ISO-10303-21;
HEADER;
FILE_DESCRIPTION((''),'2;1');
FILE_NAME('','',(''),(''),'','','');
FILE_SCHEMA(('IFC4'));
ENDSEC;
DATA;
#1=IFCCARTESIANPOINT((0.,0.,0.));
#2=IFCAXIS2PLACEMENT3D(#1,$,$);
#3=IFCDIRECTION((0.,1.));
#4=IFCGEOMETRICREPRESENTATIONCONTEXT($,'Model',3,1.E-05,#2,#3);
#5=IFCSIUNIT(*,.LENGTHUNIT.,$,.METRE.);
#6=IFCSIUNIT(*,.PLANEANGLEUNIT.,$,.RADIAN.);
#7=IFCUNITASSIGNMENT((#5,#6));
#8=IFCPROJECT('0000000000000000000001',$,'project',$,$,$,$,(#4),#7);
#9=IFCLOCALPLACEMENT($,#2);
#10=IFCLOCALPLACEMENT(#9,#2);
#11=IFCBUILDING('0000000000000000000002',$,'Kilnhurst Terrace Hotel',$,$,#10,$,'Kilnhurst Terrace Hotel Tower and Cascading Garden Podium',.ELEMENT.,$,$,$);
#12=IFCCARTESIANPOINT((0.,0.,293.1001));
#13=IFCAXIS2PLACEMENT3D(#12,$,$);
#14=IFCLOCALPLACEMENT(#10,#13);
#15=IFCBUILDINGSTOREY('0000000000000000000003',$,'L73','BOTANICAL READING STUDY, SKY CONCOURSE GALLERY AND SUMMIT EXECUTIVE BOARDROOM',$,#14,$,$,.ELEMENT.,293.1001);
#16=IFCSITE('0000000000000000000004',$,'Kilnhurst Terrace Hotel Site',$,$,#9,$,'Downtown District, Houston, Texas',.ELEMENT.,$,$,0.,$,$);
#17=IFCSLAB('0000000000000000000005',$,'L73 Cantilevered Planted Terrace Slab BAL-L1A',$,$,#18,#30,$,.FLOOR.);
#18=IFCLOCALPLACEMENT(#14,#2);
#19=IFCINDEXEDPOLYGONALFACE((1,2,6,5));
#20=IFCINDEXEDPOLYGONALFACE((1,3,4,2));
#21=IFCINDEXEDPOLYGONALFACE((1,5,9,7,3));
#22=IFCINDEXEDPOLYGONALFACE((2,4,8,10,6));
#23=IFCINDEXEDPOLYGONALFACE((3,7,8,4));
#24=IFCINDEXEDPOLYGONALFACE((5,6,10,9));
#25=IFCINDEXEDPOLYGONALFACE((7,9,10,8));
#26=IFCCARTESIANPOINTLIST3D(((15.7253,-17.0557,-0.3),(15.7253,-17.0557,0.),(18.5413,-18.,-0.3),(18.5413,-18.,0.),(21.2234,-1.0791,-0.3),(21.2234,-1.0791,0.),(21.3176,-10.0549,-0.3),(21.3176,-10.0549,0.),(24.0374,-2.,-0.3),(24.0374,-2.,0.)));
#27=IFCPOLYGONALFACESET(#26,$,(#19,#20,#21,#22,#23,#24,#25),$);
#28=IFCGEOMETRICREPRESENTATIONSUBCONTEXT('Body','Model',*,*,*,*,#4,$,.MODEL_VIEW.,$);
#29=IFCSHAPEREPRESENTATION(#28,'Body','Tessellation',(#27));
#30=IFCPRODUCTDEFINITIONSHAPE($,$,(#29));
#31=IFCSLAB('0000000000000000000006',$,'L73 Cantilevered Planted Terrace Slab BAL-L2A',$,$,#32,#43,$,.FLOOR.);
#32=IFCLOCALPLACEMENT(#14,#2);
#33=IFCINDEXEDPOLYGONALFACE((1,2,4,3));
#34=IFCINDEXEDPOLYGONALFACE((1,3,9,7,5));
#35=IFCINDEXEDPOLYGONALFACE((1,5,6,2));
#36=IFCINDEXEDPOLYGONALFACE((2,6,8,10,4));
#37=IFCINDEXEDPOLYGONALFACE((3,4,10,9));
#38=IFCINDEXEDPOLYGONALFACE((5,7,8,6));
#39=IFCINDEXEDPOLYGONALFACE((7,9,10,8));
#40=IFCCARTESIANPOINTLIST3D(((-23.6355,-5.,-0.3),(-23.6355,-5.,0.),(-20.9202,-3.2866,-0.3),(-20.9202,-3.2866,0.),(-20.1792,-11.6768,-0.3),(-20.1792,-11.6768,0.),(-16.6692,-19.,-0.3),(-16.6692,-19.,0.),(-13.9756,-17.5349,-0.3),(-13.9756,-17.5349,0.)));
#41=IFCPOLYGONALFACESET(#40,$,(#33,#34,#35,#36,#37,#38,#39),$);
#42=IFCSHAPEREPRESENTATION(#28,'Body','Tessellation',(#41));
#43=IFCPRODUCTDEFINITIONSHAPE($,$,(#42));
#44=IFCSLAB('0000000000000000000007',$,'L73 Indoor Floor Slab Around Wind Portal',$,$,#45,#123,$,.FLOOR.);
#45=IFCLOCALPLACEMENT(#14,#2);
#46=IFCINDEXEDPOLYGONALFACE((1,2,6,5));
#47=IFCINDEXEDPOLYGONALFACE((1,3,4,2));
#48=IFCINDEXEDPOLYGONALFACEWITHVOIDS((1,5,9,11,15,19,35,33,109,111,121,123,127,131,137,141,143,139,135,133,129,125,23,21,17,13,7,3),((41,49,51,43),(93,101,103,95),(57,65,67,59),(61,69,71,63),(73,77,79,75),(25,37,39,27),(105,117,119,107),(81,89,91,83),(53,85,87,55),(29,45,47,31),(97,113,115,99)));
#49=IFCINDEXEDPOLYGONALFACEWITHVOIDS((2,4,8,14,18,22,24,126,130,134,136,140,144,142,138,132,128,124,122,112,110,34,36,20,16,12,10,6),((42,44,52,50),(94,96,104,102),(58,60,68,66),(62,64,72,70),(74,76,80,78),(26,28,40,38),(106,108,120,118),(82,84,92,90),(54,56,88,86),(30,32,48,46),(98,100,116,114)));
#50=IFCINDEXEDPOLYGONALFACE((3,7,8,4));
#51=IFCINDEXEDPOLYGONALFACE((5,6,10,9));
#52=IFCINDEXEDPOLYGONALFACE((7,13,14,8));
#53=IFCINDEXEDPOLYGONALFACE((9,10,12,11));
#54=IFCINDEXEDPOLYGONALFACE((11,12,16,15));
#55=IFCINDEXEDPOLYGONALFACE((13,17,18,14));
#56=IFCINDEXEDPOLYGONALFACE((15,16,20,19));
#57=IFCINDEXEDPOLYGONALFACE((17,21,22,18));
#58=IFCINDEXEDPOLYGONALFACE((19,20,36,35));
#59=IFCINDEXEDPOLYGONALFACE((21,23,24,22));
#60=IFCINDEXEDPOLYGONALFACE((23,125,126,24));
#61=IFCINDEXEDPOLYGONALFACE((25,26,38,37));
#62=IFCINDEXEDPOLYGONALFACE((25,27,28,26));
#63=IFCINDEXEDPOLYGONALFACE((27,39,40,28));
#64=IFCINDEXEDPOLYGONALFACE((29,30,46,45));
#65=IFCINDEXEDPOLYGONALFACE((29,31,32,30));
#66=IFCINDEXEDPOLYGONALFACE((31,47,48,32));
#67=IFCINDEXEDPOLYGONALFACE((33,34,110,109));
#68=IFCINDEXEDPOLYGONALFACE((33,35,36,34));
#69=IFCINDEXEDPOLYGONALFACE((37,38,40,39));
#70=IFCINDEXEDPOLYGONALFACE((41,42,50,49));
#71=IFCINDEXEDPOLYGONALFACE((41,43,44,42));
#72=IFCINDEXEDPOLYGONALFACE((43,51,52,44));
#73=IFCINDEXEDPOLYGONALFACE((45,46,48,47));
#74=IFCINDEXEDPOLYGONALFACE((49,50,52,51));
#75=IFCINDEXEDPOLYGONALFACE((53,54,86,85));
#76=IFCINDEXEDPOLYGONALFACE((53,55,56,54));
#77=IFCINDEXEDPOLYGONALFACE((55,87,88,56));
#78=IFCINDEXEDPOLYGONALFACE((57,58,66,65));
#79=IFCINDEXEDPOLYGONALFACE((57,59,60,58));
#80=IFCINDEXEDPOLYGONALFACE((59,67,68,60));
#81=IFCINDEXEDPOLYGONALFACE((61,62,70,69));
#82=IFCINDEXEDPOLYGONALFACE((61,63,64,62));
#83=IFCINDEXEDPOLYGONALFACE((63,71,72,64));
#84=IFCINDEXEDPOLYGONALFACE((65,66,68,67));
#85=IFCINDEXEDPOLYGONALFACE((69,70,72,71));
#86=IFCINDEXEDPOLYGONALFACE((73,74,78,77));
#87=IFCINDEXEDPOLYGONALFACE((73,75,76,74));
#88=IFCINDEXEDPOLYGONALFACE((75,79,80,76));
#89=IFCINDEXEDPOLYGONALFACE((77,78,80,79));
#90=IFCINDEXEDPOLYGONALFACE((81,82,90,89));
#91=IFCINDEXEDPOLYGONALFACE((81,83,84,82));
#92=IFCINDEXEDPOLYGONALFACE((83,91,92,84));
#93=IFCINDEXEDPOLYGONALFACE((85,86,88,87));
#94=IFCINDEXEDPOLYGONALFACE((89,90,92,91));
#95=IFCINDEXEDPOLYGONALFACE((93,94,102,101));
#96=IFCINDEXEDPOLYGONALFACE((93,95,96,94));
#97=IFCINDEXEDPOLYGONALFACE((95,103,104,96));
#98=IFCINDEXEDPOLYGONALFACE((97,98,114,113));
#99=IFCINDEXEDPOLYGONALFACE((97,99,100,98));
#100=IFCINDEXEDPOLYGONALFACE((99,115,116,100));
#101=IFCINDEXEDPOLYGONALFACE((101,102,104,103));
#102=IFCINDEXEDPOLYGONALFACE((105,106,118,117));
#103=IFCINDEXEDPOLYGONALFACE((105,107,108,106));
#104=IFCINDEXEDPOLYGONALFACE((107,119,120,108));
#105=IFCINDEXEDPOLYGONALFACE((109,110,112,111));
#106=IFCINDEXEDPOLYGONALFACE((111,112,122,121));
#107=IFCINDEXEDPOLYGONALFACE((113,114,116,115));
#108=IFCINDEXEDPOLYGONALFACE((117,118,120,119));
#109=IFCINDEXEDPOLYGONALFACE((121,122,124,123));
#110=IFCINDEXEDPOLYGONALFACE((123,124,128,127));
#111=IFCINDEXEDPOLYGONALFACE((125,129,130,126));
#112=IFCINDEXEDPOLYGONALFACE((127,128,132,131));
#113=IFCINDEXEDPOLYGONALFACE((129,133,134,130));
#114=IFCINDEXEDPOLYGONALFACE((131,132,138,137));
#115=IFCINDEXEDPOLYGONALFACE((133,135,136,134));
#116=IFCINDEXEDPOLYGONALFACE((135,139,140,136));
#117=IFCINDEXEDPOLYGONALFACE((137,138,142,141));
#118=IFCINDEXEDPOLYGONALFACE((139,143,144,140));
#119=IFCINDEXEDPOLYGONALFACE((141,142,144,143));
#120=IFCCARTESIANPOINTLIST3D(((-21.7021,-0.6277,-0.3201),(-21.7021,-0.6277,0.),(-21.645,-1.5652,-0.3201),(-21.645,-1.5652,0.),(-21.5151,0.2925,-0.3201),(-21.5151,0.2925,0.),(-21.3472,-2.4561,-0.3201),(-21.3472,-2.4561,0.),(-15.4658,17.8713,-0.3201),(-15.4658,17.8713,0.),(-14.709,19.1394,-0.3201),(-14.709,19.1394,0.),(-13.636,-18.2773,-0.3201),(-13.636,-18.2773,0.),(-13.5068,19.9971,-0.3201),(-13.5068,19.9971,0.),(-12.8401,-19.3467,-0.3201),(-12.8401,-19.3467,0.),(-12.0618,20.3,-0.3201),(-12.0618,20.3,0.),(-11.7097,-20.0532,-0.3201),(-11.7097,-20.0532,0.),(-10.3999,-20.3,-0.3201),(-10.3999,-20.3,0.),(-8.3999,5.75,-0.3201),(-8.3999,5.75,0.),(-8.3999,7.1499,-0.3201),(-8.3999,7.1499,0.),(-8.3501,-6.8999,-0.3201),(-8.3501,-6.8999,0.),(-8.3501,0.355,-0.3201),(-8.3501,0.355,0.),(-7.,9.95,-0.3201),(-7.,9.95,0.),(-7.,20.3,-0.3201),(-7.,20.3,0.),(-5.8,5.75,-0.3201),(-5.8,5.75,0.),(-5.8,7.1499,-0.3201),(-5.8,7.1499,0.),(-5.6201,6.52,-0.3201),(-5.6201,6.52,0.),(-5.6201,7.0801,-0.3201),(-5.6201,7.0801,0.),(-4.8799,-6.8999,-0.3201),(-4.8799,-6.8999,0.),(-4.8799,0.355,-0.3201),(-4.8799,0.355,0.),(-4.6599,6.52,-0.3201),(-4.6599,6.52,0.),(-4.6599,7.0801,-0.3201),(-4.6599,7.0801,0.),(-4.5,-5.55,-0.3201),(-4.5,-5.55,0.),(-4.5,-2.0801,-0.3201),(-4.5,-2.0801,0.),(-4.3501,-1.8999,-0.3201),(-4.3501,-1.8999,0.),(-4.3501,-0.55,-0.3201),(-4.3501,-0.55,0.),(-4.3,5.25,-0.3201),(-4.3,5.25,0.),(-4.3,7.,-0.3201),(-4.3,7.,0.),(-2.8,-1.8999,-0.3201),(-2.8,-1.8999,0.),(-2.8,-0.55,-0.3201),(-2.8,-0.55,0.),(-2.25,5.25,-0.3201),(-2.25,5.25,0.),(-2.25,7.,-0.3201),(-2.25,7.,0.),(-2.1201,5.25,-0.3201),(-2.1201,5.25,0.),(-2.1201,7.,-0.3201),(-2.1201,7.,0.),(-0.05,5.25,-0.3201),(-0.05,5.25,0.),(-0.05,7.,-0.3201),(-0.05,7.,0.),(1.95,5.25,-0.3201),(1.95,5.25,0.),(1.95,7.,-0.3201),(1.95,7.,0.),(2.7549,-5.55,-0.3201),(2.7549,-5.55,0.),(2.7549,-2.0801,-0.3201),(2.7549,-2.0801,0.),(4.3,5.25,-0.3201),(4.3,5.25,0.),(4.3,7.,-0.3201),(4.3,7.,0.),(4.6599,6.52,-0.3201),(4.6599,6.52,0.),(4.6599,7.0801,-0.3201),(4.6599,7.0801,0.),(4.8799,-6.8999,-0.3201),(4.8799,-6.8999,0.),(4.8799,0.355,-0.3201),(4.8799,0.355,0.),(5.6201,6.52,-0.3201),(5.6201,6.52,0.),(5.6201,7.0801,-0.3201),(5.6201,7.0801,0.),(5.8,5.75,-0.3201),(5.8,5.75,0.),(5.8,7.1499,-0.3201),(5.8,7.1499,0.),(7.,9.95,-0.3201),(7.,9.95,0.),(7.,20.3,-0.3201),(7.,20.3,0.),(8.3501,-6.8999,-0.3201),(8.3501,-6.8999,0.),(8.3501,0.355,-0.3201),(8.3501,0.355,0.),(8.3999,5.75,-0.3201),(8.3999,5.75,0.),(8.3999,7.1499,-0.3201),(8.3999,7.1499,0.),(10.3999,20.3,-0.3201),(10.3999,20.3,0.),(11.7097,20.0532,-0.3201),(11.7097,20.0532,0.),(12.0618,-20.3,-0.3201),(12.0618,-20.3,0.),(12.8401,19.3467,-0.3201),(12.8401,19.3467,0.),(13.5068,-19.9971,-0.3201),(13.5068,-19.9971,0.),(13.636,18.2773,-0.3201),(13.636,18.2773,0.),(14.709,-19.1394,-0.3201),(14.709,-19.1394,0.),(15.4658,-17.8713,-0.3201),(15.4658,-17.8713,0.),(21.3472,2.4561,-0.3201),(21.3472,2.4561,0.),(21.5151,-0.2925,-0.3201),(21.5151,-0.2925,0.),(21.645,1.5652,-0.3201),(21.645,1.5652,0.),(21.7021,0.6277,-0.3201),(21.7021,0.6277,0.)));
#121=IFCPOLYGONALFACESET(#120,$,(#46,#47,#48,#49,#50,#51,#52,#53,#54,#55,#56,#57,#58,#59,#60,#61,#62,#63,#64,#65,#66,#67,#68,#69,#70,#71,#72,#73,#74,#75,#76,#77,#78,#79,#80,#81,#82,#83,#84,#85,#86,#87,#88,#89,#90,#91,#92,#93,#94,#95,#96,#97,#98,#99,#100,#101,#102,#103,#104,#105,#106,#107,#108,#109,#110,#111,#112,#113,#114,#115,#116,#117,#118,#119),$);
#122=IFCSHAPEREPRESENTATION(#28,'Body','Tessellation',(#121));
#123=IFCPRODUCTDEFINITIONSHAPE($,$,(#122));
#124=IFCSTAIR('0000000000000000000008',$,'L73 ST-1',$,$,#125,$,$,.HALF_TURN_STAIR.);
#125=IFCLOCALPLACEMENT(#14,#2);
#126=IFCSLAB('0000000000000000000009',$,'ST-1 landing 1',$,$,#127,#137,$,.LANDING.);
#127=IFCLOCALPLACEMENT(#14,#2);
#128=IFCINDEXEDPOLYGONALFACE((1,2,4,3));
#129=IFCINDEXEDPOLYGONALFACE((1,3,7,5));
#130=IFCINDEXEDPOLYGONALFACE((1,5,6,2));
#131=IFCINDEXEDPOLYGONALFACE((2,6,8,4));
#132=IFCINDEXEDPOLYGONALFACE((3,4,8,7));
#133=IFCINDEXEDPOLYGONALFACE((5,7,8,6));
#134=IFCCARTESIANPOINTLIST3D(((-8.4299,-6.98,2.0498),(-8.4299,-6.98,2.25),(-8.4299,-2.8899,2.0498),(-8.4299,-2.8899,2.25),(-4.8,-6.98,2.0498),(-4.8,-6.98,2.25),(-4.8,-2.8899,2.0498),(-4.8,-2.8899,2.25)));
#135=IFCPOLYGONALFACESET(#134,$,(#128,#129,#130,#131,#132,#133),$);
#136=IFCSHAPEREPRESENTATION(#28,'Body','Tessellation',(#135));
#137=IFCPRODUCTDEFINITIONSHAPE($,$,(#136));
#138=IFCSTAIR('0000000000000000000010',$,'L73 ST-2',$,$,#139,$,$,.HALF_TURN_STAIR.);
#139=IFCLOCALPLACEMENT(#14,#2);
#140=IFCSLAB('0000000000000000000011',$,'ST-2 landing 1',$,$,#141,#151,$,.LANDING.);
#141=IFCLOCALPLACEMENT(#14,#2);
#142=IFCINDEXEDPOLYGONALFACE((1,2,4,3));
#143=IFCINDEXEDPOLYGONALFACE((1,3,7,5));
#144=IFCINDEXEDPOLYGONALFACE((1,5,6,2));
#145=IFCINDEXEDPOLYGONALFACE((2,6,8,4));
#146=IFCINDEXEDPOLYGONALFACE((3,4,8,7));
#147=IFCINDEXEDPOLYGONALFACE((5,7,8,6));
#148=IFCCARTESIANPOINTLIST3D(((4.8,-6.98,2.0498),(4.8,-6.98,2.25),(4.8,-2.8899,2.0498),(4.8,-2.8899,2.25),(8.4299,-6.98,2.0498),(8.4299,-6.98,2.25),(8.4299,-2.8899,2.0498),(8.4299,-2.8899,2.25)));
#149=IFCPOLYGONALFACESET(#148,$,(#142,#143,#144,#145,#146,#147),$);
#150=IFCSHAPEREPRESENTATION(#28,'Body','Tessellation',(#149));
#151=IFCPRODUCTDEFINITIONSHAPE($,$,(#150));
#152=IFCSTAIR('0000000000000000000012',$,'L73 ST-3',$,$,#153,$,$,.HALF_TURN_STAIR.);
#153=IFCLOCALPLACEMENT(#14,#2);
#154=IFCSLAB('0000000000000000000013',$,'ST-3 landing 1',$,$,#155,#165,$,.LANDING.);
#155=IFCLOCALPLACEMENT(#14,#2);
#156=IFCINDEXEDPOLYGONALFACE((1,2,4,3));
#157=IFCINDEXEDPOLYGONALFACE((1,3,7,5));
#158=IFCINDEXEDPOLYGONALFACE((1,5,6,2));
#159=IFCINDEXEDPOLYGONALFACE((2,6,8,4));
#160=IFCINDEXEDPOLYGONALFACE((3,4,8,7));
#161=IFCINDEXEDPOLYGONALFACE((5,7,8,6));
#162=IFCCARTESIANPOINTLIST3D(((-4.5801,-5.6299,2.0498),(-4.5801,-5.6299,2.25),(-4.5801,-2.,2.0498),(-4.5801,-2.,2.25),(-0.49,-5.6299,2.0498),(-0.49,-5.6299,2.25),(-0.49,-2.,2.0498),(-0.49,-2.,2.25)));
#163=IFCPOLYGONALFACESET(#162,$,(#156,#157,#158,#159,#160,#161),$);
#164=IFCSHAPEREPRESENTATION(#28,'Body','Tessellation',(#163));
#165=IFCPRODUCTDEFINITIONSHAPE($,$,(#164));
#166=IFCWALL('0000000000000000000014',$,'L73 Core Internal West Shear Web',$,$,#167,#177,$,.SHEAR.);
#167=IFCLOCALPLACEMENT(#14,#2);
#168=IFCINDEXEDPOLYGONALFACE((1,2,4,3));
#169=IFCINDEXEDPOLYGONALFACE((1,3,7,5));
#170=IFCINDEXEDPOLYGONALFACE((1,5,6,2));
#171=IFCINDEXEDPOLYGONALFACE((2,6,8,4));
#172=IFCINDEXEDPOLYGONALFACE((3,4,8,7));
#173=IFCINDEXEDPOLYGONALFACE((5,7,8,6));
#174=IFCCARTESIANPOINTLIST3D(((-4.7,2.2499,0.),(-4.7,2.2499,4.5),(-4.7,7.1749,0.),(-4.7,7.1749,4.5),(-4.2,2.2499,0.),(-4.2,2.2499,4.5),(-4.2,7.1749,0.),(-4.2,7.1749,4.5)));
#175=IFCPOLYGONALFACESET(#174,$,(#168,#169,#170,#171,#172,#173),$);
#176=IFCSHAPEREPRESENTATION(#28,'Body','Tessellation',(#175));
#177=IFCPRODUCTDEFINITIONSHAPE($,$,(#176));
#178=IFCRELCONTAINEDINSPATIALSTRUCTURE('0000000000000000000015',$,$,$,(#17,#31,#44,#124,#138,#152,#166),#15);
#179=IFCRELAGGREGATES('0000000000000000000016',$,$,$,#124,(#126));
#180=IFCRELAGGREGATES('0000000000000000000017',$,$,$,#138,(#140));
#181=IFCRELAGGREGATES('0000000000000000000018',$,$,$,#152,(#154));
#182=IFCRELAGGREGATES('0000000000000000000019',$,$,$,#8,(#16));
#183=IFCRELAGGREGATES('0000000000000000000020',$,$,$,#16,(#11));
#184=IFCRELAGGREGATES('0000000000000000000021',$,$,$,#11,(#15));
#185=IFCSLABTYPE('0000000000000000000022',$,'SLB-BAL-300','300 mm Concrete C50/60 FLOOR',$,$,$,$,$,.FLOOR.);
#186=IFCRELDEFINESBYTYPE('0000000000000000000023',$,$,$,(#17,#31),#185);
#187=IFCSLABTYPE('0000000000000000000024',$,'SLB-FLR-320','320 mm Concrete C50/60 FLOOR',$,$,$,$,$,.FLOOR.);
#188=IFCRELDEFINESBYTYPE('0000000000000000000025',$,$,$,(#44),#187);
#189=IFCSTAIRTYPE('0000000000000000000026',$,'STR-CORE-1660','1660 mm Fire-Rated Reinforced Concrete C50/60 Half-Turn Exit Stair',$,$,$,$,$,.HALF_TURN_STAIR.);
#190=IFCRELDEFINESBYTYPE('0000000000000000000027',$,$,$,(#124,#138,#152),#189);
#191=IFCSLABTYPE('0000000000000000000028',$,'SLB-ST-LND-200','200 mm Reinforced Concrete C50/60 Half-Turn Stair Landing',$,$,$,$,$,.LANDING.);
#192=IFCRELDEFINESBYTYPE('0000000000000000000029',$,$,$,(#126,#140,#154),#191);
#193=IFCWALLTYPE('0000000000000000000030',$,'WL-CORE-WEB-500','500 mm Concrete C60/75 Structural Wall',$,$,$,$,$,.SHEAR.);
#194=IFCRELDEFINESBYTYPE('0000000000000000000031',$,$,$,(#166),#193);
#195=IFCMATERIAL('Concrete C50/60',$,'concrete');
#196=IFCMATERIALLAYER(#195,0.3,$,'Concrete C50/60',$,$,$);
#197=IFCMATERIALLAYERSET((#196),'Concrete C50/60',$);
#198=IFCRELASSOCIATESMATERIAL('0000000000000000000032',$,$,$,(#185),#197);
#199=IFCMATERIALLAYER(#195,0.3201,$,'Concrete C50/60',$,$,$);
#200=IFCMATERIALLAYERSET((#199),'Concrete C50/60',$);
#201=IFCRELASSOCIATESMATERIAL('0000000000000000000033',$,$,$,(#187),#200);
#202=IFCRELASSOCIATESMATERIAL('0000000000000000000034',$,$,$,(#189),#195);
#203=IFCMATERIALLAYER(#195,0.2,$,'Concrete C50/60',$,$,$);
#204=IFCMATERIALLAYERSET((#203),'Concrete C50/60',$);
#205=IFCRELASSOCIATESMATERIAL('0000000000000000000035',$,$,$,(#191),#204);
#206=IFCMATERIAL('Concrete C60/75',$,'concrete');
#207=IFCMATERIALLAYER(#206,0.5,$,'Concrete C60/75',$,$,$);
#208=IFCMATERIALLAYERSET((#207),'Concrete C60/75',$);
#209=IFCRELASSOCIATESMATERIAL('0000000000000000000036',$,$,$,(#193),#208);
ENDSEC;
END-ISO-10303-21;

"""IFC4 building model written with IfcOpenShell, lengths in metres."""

from ifc_helpers import new_model, si_unit, direction, frame, frame_2d, origin, place, context, subcontext, project, spatial, polyline, rectangle, outline, extrude, material, layer, layer_set, type_object, element, aggregate, save


model = new_model("IFC4")

# Units and contexts
model_context = context("Model", 3, precision=1e-05, world=origin(), true_north=direction((0.0, 1.0)))
body_context = subcontext(model_context, "Body", "Model", "MODEL_VIEW")
ifc_project = project(units=[si_unit("LENGTHUNIT", "METRE"), si_unit("PLANEANGLEUNIT", "RADIAN")], contexts=[model_context])

# Site, building, storey
site_placement = place(None, origin())
site = spatial("IfcSite", under=ifc_project, at=site_placement, Name="Kilnhurst Terrace Hotel Site", LongName="Downtown District, Houston, Texas", CompositionType="ELEMENT", RefElevation=0.0)
building_placement = place(site_placement, origin())
building = spatial("IfcBuilding", under=site, at=building_placement, Name="Kilnhurst Terrace Hotel", LongName="Kilnhurst Terrace Hotel Tower and Cascading Garden Podium", CompositionType="ELEMENT")
storey_placement = place(building_placement, frame((0.0, 0.0, 293.1001)))
storey = spatial("IfcBuildingStorey", under=building, at=storey_placement, Name="L73", Description="BOTANICAL READING STUDY, SKY CONCOURSE GALLERY AND SUMMIT EXECUTIVE BOARDROOM", CompositionType="ELEMENT", Elevation=293.1001)

# Slabs
ifc_material_1 = material(Name="Concrete C50/60", Category="concrete")
ifc_layer_1 = layer(ifc_material_1, 0.3, Name="Concrete C50/60")
ifc_layer_set_1 = layer_set([ifc_layer_1], Name="Concrete C50/60")
slab_type_1 = type_object("IfcSlabType", Name="SLB-BAL-300", Description="300 mm Concrete C50/60 FLOOR", PredefinedType="FLOOR", material=ifc_layer_set_1)
slab_1_placement = place(storey_placement, frame((0.0, 0.0, -0.3)))
element("IfcSlab", 1, at=slab_1_placement, inside=storey, type_object=slab_type_1, Name="L73 Cantilevered Planted Terrace Slab BAL-L1A", PredefinedType="FLOOR", context=body_context, shape_type="SweptSolid", body=[
    extrude(outline(polyline([(21.3176, -10.0549), (18.5413, -18.0), (15.7253, -17.0557), (21.2234, -1.0791), (24.0374, -2.0), (21.3176, -10.0549)])), origin(), (0.0, 0.0, 1.0), 0.3),
])
slab_2_placement = place(storey_placement, frame((0.0, 0.0, -0.3)))
element("IfcSlab", 2, at=slab_2_placement, inside=storey, type_object=slab_type_1, Name="L73 Cantilevered Planted Terrace Slab BAL-L2A", PredefinedType="FLOOR", context=body_context, shape_type="SweptSolid", body=[
    extrude(outline(polyline([(-23.6355, -5.0), (-20.9202, -3.2866), (-13.9756, -17.5349), (-16.6692, -19.0), (-20.1792, -11.6768), (-23.6355, -5.0)])), origin(), (0.0, 0.0, 1.0), 0.3),
])
ifc_layer_2 = layer(ifc_material_1, 0.3201, Name="Concrete C50/60")
ifc_layer_set_2 = layer_set([ifc_layer_2], Name="Concrete C50/60")
slab_type_2 = type_object("IfcSlabType", Name="SLB-FLR-320", Description="320 mm Concrete C50/60 FLOOR", PredefinedType="FLOOR", material=ifc_layer_set_2)
slab_3_placement = place(storey_placement, frame((0.0, 0.0, -0.3201)))
element("IfcSlab", 3, at=slab_3_placement, inside=storey, type_object=slab_type_2, Name="L73 Indoor Floor Slab Around Wind Portal", PredefinedType="FLOOR", context=body_context, shape_type="SweptSolid", body=[
    extrude(outline(polyline([(10.3999, 20.3), (11.7097, 20.0532), (12.8401, 19.3467), (13.636, 18.2773), (21.3472, 2.4561), (21.645, 1.5652), (21.7021, 0.6277), (21.5151, -0.2925), (15.4658, -17.8713), (14.709, -19.1394), (13.5068, -19.9971), (12.0618, -20.3), (-10.3999, -20.3), (-11.7097, -20.0532), (-12.8401, -19.3467), (-13.636, -18.2773), (-21.3472, -2.4561), (-21.645, -1.5652), (-21.7021, -0.6277), (-21.5151, 0.2925), (-15.4658, 17.8713), (-14.709, 19.1394), (-13.5068, 19.9971), (-12.0618, 20.3), (-7.0, 20.3), (-7.0, 9.95), (7.0, 9.95), (7.0, 20.3), (10.3999, 20.3)]), holes=[polyline([(-4.8799, 0.355), (-4.8799, -6.8999), (-8.3501, -6.8999), (-8.3501, 0.355), (-4.8799, 0.355)]), polyline([(-4.3501, -1.8999), (-4.3501, -0.55), (-2.8, -0.55), (-2.8, -1.8999), (-4.3501, -1.8999)]), polyline([(-4.3, 5.25), (-4.3, 7.0), (-2.25, 7.0), (-2.25, 5.25), (-4.3, 5.25)]), polyline([(-2.1201, 7.0), (-0.05, 7.0), (-0.05, 5.25), (-2.1201, 5.25), (-2.1201, 7.0)]), polyline([(-8.3999, 7.1499), (-5.8, 7.1499), (-5.8, 5.75), (-8.3999, 5.75), (-8.3999, 7.1499)]), polyline([(-5.6201, 6.52), (-5.6201, 7.0801), (-4.6599, 7.0801), (-4.6599, 6.52), (-5.6201, 6.52)]), polyline([(-4.5, -5.55), (-4.5, -2.0801), (2.7549, -2.0801), (2.7549, -5.55), (-4.5, -5.55)]), polyline([(8.3501, -6.8999), (4.8799, -6.8999), (4.8799, 0.355), (8.3501, 0.355), (8.3501, -6.8999)]), polyline([(1.95, 5.25), (1.95, 7.0), (4.3, 7.0), (4.3, 5.25), (1.95, 5.25)]), polyline([(5.8, 7.1499), (8.3999, 7.1499), (8.3999, 5.75), (5.8, 5.75), (5.8, 7.1499)]), polyline([(4.6599, 7.0801), (5.6201, 7.0801), (5.6201, 6.52), (4.6599, 6.52), (4.6599, 7.0801)])]), origin(), (0.0, 0.0, 1.0), 0.3201),
])

# Stairs, slabs
stair_type = type_object("IfcStairType", Name="STR-CORE-1660", Description="1660 mm Fire-Rated Reinforced Concrete C50/60 Half-Turn Exit Stair", PredefinedType="HALF_TURN_STAIR", material=ifc_material_1)
stair_1_placement = place(storey_placement, origin())
stair_1 = element("IfcStair", 4, at=stair_1_placement, inside=storey, type_object=stair_type, Name="L73 ST-1", PredefinedType="HALF_TURN_STAIR")
ifc_layer_3 = layer(ifc_material_1, 0.2, Name="Concrete C50/60")
ifc_layer_set_3 = layer_set([ifc_layer_3], Name="Concrete C50/60")
slab_type_3 = type_object("IfcSlabType", Name="SLB-ST-LND-200", Description="200 mm Reinforced Concrete C50/60 Half-Turn Stair Landing", PredefinedType="LANDING", material=ifc_layer_set_3)
slab_4_placement = place(storey_placement, frame((0.0, 0.0, 2.0498)))
slab_4 = element("IfcSlab", 5, at=slab_4_placement, type_object=slab_type_3, Name="ST-1 landing 1", PredefinedType="LANDING", context=body_context, shape_type="SweptSolid", body=[
    extrude(outline(polyline([(-8.4299, -2.8899), (-4.8, -2.8899), (-4.8, -6.98), (-8.4299, -6.98), (-8.4299, -2.8899)])), origin(), (0.0, 0.0, 1.0), 0.2002),
])
aggregate(stair_1, [slab_4])
stair_2_placement = place(storey_placement, origin())
stair_2 = element("IfcStair", 6, at=stair_2_placement, inside=storey, type_object=stair_type, Name="L73 ST-2", PredefinedType="HALF_TURN_STAIR")
slab_5_placement = place(storey_placement, frame((0.0, 0.0, 2.0498)))
slab_5 = element("IfcSlab", 7, at=slab_5_placement, type_object=slab_type_3, Name="ST-2 landing 1", PredefinedType="LANDING", context=body_context, shape_type="SweptSolid", body=[
    extrude(outline(polyline([(4.8, -2.8899), (8.4299, -2.8899), (8.4299, -6.98), (4.8, -6.98), (4.8, -2.8899)])), origin(), (0.0, 0.0, 1.0), 0.2002),
])
aggregate(stair_2, [slab_5])
stair_3_placement = place(storey_placement, origin())
stair_3 = element("IfcStair", 8, at=stair_3_placement, inside=storey, type_object=stair_type, Name="L73 ST-3", PredefinedType="HALF_TURN_STAIR")
slab_6_placement = place(storey_placement, frame((0.0, 0.0, 2.0498)))
slab_6 = element("IfcSlab", 9, at=slab_6_placement, type_object=slab_type_3, Name="ST-3 landing 1", PredefinedType="LANDING", context=body_context, shape_type="SweptSolid", body=[
    extrude(outline(polyline([(-0.49, -2.0), (-0.49, -5.6299), (-4.5801, -5.6299), (-4.5801, -2.0), (-0.49, -2.0)])), origin(), (0.0, 0.0, 1.0), 0.2002),
])

# Wall
ifc_material_2 = material(Name="Concrete C60/75", Category="concrete")
ifc_layer_4 = layer(ifc_material_2, 0.5, Name="Concrete C60/75")
ifc_layer_set_4 = layer_set([ifc_layer_4], Name="Concrete C60/75")
wall_type_1 = type_object("IfcWallType", Name="WL-CORE-WEB-500", Description="500 mm Concrete C60/75 Structural Wall", PredefinedType="SHEAR", material=ifc_layer_set_4)
wall_1_placement = place(storey_placement, frame((-4.45, 2.25, 0.0), z_axis=(0.0, 0.0, 1.0), x_axis=(0.0, 1.0, 0.0)))
element("IfcWall", 10, at=wall_1_placement, inside=storey, type_object=wall_type_1, Name="L73 Core Internal West Shear Web", PredefinedType="SHEAR", context=body_context, shape_type="SweptSolid", body=[
    extrude(rectangle(XDim=4.925, YDim=0.5, at=frame_2d((2.4624, 0.0))), origin(), (0.0, 0.0, 1.0), 4.5),
])

aggregate(stair_3, [slab_6])

save(model, "model.ifc")
